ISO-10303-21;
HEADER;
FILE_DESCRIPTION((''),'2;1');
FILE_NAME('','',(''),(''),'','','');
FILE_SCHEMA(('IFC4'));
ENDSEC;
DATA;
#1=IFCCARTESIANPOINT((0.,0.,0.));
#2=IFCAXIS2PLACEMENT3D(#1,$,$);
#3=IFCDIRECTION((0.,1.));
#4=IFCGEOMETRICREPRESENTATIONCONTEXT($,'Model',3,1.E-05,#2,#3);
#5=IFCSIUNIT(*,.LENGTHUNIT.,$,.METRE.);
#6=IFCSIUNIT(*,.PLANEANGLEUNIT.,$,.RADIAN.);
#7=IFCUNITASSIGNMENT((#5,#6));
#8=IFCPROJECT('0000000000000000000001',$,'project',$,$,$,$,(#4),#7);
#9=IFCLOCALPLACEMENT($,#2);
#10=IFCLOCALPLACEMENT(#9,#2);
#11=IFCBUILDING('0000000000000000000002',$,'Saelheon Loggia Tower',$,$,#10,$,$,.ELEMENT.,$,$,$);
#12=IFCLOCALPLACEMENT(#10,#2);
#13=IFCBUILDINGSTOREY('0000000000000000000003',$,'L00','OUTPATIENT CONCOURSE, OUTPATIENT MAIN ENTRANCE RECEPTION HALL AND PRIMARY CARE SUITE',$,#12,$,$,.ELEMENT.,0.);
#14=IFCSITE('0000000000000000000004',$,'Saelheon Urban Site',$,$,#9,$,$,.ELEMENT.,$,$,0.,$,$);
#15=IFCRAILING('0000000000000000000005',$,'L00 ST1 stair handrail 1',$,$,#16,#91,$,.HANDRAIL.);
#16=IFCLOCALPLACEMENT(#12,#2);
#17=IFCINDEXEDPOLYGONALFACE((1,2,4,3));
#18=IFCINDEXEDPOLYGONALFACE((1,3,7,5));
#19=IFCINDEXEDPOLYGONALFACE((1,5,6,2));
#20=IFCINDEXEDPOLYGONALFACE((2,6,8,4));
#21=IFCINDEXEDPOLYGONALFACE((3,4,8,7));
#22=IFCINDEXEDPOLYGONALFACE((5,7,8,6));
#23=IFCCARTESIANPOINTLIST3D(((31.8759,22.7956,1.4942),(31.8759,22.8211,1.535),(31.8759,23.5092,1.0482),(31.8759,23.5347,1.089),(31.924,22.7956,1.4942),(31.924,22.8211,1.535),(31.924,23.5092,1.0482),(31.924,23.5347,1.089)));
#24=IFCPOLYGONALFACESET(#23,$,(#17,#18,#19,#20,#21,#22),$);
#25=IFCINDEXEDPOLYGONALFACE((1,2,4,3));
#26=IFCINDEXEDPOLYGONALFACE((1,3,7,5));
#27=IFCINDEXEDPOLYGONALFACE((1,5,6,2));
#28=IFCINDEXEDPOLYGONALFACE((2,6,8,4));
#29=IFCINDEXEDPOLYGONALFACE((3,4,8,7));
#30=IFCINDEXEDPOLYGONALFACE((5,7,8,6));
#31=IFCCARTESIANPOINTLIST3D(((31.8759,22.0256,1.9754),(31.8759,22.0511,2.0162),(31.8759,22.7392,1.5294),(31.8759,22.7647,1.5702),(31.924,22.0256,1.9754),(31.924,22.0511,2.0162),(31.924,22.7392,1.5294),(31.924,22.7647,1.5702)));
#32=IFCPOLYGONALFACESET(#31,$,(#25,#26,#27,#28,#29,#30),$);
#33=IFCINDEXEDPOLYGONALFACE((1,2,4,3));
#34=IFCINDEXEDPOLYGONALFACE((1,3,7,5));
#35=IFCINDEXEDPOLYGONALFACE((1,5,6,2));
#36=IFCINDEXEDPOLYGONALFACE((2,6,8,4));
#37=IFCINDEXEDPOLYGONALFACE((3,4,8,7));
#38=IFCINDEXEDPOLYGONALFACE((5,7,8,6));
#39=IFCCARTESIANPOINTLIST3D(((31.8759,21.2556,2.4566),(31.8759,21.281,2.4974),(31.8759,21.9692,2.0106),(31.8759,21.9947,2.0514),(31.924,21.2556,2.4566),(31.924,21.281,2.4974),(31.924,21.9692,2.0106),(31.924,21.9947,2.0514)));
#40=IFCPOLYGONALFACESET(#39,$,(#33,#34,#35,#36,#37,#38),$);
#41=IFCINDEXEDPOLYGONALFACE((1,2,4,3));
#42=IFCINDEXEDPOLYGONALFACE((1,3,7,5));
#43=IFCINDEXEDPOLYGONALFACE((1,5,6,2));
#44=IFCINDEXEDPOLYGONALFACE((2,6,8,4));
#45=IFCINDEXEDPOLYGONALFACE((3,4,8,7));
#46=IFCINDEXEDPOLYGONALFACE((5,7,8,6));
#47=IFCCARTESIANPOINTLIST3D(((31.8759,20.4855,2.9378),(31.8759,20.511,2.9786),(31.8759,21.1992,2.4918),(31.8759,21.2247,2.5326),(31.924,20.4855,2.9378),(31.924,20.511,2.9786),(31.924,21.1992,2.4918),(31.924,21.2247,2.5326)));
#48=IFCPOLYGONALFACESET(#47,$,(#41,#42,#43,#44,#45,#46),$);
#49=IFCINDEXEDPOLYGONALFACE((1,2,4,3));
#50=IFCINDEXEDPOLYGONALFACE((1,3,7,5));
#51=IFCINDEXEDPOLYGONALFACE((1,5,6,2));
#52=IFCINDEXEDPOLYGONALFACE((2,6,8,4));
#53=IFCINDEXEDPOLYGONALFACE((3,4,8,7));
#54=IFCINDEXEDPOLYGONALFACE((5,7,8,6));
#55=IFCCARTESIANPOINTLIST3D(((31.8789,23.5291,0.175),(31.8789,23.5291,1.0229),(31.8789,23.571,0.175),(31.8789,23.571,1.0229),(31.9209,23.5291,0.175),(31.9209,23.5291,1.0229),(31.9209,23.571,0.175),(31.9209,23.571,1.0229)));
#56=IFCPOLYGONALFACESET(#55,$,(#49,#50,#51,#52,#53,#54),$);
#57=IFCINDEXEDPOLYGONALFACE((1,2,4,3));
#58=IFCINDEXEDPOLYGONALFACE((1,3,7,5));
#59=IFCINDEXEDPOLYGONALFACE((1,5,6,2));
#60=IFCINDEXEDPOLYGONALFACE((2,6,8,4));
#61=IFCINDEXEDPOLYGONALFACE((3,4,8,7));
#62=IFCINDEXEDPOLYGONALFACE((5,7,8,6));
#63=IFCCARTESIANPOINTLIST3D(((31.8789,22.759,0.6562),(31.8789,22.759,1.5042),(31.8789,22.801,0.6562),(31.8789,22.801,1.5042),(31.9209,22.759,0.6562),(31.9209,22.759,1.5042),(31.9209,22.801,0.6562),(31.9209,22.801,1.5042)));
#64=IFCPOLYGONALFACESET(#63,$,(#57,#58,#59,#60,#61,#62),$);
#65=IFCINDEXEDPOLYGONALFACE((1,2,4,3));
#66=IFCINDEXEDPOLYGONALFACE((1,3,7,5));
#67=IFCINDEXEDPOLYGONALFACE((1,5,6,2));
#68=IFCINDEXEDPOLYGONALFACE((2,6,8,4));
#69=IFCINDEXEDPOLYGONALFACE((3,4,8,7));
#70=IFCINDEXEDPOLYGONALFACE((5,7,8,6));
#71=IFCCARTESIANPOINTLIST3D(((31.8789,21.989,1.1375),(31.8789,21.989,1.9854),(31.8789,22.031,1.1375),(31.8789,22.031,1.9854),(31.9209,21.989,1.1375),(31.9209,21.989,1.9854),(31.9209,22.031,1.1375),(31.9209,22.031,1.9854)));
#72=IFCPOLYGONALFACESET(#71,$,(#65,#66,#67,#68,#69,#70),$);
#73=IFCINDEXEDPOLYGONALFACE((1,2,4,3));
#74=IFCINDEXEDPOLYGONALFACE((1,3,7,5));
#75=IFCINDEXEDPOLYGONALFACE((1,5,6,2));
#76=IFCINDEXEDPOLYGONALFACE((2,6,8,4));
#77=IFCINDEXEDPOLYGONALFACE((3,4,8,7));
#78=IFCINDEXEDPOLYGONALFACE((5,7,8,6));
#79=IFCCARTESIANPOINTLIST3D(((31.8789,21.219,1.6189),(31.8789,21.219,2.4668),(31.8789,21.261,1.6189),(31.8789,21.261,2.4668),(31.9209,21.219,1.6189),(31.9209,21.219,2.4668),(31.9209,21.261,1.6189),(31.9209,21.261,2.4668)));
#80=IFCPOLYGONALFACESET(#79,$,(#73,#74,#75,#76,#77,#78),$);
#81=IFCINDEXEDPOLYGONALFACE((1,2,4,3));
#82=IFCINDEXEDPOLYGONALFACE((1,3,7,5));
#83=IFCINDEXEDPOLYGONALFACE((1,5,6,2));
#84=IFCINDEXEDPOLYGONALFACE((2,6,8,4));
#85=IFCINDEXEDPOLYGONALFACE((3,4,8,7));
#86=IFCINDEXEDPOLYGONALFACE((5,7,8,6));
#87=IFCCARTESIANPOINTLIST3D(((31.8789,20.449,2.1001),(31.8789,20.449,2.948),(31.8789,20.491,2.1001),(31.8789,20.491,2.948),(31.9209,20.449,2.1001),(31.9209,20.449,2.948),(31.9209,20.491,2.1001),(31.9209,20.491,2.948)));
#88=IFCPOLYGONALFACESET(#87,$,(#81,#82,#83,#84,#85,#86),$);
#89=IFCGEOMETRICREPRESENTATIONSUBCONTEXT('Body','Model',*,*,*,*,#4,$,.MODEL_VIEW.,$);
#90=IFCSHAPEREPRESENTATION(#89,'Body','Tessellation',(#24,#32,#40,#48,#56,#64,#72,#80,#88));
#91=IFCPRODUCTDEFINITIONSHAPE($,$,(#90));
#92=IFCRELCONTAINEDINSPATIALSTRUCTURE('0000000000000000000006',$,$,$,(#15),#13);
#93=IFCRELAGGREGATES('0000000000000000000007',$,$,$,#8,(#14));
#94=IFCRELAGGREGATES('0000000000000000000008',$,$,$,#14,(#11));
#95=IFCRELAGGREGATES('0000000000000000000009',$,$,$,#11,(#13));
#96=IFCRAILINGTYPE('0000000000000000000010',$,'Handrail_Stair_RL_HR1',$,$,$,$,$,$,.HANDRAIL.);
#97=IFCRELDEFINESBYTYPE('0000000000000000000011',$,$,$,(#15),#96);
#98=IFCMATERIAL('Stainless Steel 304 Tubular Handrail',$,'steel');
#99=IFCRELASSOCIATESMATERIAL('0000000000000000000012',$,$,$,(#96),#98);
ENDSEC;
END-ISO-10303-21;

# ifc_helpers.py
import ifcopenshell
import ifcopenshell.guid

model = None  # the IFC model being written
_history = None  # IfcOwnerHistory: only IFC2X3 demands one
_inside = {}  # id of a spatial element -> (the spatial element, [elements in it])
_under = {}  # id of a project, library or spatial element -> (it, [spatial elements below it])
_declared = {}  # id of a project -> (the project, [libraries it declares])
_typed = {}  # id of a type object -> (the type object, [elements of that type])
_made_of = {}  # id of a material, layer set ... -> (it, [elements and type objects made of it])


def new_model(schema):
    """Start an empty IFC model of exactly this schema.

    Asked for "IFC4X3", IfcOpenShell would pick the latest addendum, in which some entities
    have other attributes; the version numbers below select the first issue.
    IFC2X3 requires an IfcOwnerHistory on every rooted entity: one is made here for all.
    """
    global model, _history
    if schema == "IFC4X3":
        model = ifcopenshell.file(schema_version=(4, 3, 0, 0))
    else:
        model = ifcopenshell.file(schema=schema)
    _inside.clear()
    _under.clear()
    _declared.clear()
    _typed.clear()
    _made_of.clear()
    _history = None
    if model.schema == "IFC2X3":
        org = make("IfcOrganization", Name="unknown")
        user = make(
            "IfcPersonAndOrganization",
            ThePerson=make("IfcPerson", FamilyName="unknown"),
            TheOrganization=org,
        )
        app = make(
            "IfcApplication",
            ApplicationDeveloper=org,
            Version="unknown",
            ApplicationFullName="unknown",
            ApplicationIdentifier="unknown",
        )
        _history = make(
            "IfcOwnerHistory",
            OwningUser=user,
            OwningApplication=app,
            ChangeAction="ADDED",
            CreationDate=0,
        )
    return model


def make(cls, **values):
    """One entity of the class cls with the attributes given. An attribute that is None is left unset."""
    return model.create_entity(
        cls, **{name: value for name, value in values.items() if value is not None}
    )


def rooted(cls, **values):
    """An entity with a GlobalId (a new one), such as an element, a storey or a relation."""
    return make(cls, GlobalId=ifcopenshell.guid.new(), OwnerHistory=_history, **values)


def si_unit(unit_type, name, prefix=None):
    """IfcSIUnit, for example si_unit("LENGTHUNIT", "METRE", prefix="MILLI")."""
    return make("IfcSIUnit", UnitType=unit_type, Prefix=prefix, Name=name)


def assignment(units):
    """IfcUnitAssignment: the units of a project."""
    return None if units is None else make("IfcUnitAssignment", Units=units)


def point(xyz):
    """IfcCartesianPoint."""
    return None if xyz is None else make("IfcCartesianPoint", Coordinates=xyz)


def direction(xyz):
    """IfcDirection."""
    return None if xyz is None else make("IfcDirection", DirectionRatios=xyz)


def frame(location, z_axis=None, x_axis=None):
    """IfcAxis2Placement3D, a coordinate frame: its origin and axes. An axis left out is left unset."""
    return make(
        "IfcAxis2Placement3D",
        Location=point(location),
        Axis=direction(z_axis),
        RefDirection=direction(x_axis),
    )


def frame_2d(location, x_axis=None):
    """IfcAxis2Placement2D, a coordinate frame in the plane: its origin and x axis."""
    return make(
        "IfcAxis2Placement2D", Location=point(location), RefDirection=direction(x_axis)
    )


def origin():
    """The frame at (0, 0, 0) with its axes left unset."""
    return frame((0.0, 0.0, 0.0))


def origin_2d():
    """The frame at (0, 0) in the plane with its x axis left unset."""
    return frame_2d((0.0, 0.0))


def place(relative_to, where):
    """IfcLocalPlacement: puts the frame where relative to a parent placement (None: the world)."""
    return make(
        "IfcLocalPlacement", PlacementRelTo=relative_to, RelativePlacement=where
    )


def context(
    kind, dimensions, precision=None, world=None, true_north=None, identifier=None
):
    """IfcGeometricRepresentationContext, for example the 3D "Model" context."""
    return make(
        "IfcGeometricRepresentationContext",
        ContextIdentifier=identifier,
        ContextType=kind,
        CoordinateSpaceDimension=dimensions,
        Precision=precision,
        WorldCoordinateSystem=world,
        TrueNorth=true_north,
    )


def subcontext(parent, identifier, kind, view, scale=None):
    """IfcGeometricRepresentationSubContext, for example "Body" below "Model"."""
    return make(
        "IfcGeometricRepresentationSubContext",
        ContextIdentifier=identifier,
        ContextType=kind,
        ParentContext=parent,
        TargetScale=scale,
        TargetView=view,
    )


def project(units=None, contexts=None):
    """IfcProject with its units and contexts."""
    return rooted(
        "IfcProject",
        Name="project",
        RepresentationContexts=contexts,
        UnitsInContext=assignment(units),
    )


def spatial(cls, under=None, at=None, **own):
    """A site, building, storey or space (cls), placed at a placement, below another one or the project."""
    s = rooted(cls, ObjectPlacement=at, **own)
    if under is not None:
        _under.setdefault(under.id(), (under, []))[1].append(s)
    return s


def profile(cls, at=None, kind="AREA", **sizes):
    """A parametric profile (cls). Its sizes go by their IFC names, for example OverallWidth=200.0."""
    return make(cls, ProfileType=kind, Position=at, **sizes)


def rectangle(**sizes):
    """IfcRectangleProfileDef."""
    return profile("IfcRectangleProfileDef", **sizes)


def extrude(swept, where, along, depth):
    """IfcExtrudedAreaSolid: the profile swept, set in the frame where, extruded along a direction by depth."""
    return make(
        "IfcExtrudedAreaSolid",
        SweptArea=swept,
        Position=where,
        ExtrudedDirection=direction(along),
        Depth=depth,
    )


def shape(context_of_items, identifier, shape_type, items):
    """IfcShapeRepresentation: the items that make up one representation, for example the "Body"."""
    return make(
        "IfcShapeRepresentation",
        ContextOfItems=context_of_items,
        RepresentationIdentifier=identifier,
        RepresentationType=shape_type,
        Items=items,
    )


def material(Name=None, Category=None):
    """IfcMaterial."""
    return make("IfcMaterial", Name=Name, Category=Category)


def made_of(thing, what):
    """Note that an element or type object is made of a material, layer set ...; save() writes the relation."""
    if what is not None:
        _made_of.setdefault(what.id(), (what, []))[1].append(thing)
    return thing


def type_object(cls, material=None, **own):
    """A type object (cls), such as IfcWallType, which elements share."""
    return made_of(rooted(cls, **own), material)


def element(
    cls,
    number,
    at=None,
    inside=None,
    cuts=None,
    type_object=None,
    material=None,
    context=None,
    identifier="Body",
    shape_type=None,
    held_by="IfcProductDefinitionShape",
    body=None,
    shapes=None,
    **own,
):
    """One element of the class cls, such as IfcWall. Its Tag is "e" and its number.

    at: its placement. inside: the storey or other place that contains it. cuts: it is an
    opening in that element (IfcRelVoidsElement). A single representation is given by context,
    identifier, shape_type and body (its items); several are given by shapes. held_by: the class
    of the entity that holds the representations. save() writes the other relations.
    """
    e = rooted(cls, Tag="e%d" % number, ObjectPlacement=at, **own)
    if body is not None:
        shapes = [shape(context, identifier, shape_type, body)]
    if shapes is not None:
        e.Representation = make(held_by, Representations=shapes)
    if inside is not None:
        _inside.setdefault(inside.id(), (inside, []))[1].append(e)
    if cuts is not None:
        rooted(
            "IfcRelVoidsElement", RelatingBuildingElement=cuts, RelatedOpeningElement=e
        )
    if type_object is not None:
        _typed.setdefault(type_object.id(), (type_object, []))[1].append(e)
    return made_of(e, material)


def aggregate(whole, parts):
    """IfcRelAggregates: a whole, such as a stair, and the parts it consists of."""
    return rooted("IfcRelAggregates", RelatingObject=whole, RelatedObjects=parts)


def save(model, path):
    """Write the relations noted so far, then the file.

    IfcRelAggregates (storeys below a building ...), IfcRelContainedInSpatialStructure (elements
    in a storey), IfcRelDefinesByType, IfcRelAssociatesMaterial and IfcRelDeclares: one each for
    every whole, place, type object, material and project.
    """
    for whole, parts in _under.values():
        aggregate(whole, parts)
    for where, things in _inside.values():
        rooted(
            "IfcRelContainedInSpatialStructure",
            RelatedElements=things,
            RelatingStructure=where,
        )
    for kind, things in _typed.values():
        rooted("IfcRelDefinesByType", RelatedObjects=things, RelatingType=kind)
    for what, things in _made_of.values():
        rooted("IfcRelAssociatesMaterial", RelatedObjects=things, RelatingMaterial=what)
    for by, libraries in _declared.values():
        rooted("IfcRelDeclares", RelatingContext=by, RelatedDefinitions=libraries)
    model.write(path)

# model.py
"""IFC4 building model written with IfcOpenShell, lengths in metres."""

from ifc_helpers import new_model, si_unit, direction, frame, origin, origin_2d, place, context, subcontext, project, spatial, rectangle, extrude, material, type_object, element, save


model = new_model("IFC4")

# Units and contexts
model_context = context("Model", 3, precision=1e-05, world=origin(), true_north=direction((0.0, 1.0)))
body_context = subcontext(model_context, "Body", "Model", "MODEL_VIEW")
ifc_project = project(units=[si_unit("LENGTHUNIT", "METRE"), si_unit("PLANEANGLEUNIT", "RADIAN")], contexts=[model_context])

# Site, building, storey
site_placement = place(None, origin())
site = spatial("IfcSite", under=ifc_project, at=site_placement, Name="Saelheon Urban Site", CompositionType="ELEMENT", RefElevation=0.0)
building_placement = place(site_placement, origin())
building = spatial("IfcBuilding", under=site, at=building_placement, Name="Saelheon Loggia Tower", CompositionType="ELEMENT")
storey_placement = place(building_placement, origin())
storey = spatial("IfcBuildingStorey", under=building, at=storey_placement, Name="L00", Description="OUTPATIENT CONCOURSE, OUTPATIENT MAIN ENTRANCE RECEPTION HALL AND PRIMARY CARE SUITE", CompositionType="ELEMENT", Elevation=0.0)

# Railing
ifc_material_1 = material(Name="Stainless Steel 304 Tubular Handrail", Category="steel")
railing_type_1 = type_object("IfcRailingType", Name="Handrail_Stair_RL_HR1", PredefinedType="HANDRAIL", material=ifc_material_1)
railing_1_placement = place(storey_placement, frame((31.8999, 23.55, 0.175)))
element("IfcRailing", 1, at=railing_1_placement, inside=storey, type_object=railing_type_1, Name="L00 ST1 stair handrail 1", PredefinedType="HANDRAIL", context=body_context, shape_type="SweptSolid", body=[
    extrude(rectangle(XDim=0.0481, YDim=0.0481, at=origin_2d()), frame((0.0, -0.0281, 0.8936), z_axis=(0.0, -0.847998, 0.529999), x_axis=(1.0, 0.0, 0.0)), (0.0, 0.0, 1.0), 0.8416),
    extrude(rectangle(XDim=0.0481, YDim=0.0481, at=origin_2d()), frame((0.0, -0.7981, 1.3748), z_axis=(0.0, -0.847998, 0.529999), x_axis=(1.0, 0.0, 0.0)), (0.0, 0.0, 1.0), 0.8416),
    extrude(rectangle(XDim=0.0481, YDim=0.0481, at=origin_2d()), frame((0.0, -1.5681, 1.856), z_axis=(0.0, -0.847998, 0.529999), x_axis=(1.0, 0.0, 0.0)), (0.0, 0.0, 1.0), 0.8416),
    extrude(rectangle(XDim=0.0481, YDim=0.0481, at=origin_2d()), frame((0.0, -2.3381, 2.3372), z_axis=(0.0, -0.847998, 0.529999), x_axis=(1.0, 0.0, 0.0)), (0.0, 0.0, 1.0), 0.8416),
    extrude(rectangle(XDim=0.042, YDim=0.042, at=origin_2d()), origin(), (0.0, 0.0, 1.0), 0.8479),
    extrude(rectangle(XDim=0.042, YDim=0.042, at=origin_2d()), frame((0.0, -0.77, 0.4812)), (0.0, 0.0, 1.0), 0.8479),
    extrude(rectangle(XDim=0.042, YDim=0.042, at=origin_2d()), frame((0.0, -1.54, 0.9624)), (0.0, 0.0, 1.0), 0.8479),
    extrude(rectangle(XDim=0.042, YDim=0.042, at=origin_2d()), frame((0.0, -2.3101, 1.4438)), (0.0, 0.0, 1.0), 0.8479),
    extrude(rectangle(XDim=0.042, YDim=0.042, at=origin_2d()), frame((0.0, -3.0801, 1.925)), (0.0, 0.0, 1.0), 0.8479),
])

save(model, "model.ifc")
